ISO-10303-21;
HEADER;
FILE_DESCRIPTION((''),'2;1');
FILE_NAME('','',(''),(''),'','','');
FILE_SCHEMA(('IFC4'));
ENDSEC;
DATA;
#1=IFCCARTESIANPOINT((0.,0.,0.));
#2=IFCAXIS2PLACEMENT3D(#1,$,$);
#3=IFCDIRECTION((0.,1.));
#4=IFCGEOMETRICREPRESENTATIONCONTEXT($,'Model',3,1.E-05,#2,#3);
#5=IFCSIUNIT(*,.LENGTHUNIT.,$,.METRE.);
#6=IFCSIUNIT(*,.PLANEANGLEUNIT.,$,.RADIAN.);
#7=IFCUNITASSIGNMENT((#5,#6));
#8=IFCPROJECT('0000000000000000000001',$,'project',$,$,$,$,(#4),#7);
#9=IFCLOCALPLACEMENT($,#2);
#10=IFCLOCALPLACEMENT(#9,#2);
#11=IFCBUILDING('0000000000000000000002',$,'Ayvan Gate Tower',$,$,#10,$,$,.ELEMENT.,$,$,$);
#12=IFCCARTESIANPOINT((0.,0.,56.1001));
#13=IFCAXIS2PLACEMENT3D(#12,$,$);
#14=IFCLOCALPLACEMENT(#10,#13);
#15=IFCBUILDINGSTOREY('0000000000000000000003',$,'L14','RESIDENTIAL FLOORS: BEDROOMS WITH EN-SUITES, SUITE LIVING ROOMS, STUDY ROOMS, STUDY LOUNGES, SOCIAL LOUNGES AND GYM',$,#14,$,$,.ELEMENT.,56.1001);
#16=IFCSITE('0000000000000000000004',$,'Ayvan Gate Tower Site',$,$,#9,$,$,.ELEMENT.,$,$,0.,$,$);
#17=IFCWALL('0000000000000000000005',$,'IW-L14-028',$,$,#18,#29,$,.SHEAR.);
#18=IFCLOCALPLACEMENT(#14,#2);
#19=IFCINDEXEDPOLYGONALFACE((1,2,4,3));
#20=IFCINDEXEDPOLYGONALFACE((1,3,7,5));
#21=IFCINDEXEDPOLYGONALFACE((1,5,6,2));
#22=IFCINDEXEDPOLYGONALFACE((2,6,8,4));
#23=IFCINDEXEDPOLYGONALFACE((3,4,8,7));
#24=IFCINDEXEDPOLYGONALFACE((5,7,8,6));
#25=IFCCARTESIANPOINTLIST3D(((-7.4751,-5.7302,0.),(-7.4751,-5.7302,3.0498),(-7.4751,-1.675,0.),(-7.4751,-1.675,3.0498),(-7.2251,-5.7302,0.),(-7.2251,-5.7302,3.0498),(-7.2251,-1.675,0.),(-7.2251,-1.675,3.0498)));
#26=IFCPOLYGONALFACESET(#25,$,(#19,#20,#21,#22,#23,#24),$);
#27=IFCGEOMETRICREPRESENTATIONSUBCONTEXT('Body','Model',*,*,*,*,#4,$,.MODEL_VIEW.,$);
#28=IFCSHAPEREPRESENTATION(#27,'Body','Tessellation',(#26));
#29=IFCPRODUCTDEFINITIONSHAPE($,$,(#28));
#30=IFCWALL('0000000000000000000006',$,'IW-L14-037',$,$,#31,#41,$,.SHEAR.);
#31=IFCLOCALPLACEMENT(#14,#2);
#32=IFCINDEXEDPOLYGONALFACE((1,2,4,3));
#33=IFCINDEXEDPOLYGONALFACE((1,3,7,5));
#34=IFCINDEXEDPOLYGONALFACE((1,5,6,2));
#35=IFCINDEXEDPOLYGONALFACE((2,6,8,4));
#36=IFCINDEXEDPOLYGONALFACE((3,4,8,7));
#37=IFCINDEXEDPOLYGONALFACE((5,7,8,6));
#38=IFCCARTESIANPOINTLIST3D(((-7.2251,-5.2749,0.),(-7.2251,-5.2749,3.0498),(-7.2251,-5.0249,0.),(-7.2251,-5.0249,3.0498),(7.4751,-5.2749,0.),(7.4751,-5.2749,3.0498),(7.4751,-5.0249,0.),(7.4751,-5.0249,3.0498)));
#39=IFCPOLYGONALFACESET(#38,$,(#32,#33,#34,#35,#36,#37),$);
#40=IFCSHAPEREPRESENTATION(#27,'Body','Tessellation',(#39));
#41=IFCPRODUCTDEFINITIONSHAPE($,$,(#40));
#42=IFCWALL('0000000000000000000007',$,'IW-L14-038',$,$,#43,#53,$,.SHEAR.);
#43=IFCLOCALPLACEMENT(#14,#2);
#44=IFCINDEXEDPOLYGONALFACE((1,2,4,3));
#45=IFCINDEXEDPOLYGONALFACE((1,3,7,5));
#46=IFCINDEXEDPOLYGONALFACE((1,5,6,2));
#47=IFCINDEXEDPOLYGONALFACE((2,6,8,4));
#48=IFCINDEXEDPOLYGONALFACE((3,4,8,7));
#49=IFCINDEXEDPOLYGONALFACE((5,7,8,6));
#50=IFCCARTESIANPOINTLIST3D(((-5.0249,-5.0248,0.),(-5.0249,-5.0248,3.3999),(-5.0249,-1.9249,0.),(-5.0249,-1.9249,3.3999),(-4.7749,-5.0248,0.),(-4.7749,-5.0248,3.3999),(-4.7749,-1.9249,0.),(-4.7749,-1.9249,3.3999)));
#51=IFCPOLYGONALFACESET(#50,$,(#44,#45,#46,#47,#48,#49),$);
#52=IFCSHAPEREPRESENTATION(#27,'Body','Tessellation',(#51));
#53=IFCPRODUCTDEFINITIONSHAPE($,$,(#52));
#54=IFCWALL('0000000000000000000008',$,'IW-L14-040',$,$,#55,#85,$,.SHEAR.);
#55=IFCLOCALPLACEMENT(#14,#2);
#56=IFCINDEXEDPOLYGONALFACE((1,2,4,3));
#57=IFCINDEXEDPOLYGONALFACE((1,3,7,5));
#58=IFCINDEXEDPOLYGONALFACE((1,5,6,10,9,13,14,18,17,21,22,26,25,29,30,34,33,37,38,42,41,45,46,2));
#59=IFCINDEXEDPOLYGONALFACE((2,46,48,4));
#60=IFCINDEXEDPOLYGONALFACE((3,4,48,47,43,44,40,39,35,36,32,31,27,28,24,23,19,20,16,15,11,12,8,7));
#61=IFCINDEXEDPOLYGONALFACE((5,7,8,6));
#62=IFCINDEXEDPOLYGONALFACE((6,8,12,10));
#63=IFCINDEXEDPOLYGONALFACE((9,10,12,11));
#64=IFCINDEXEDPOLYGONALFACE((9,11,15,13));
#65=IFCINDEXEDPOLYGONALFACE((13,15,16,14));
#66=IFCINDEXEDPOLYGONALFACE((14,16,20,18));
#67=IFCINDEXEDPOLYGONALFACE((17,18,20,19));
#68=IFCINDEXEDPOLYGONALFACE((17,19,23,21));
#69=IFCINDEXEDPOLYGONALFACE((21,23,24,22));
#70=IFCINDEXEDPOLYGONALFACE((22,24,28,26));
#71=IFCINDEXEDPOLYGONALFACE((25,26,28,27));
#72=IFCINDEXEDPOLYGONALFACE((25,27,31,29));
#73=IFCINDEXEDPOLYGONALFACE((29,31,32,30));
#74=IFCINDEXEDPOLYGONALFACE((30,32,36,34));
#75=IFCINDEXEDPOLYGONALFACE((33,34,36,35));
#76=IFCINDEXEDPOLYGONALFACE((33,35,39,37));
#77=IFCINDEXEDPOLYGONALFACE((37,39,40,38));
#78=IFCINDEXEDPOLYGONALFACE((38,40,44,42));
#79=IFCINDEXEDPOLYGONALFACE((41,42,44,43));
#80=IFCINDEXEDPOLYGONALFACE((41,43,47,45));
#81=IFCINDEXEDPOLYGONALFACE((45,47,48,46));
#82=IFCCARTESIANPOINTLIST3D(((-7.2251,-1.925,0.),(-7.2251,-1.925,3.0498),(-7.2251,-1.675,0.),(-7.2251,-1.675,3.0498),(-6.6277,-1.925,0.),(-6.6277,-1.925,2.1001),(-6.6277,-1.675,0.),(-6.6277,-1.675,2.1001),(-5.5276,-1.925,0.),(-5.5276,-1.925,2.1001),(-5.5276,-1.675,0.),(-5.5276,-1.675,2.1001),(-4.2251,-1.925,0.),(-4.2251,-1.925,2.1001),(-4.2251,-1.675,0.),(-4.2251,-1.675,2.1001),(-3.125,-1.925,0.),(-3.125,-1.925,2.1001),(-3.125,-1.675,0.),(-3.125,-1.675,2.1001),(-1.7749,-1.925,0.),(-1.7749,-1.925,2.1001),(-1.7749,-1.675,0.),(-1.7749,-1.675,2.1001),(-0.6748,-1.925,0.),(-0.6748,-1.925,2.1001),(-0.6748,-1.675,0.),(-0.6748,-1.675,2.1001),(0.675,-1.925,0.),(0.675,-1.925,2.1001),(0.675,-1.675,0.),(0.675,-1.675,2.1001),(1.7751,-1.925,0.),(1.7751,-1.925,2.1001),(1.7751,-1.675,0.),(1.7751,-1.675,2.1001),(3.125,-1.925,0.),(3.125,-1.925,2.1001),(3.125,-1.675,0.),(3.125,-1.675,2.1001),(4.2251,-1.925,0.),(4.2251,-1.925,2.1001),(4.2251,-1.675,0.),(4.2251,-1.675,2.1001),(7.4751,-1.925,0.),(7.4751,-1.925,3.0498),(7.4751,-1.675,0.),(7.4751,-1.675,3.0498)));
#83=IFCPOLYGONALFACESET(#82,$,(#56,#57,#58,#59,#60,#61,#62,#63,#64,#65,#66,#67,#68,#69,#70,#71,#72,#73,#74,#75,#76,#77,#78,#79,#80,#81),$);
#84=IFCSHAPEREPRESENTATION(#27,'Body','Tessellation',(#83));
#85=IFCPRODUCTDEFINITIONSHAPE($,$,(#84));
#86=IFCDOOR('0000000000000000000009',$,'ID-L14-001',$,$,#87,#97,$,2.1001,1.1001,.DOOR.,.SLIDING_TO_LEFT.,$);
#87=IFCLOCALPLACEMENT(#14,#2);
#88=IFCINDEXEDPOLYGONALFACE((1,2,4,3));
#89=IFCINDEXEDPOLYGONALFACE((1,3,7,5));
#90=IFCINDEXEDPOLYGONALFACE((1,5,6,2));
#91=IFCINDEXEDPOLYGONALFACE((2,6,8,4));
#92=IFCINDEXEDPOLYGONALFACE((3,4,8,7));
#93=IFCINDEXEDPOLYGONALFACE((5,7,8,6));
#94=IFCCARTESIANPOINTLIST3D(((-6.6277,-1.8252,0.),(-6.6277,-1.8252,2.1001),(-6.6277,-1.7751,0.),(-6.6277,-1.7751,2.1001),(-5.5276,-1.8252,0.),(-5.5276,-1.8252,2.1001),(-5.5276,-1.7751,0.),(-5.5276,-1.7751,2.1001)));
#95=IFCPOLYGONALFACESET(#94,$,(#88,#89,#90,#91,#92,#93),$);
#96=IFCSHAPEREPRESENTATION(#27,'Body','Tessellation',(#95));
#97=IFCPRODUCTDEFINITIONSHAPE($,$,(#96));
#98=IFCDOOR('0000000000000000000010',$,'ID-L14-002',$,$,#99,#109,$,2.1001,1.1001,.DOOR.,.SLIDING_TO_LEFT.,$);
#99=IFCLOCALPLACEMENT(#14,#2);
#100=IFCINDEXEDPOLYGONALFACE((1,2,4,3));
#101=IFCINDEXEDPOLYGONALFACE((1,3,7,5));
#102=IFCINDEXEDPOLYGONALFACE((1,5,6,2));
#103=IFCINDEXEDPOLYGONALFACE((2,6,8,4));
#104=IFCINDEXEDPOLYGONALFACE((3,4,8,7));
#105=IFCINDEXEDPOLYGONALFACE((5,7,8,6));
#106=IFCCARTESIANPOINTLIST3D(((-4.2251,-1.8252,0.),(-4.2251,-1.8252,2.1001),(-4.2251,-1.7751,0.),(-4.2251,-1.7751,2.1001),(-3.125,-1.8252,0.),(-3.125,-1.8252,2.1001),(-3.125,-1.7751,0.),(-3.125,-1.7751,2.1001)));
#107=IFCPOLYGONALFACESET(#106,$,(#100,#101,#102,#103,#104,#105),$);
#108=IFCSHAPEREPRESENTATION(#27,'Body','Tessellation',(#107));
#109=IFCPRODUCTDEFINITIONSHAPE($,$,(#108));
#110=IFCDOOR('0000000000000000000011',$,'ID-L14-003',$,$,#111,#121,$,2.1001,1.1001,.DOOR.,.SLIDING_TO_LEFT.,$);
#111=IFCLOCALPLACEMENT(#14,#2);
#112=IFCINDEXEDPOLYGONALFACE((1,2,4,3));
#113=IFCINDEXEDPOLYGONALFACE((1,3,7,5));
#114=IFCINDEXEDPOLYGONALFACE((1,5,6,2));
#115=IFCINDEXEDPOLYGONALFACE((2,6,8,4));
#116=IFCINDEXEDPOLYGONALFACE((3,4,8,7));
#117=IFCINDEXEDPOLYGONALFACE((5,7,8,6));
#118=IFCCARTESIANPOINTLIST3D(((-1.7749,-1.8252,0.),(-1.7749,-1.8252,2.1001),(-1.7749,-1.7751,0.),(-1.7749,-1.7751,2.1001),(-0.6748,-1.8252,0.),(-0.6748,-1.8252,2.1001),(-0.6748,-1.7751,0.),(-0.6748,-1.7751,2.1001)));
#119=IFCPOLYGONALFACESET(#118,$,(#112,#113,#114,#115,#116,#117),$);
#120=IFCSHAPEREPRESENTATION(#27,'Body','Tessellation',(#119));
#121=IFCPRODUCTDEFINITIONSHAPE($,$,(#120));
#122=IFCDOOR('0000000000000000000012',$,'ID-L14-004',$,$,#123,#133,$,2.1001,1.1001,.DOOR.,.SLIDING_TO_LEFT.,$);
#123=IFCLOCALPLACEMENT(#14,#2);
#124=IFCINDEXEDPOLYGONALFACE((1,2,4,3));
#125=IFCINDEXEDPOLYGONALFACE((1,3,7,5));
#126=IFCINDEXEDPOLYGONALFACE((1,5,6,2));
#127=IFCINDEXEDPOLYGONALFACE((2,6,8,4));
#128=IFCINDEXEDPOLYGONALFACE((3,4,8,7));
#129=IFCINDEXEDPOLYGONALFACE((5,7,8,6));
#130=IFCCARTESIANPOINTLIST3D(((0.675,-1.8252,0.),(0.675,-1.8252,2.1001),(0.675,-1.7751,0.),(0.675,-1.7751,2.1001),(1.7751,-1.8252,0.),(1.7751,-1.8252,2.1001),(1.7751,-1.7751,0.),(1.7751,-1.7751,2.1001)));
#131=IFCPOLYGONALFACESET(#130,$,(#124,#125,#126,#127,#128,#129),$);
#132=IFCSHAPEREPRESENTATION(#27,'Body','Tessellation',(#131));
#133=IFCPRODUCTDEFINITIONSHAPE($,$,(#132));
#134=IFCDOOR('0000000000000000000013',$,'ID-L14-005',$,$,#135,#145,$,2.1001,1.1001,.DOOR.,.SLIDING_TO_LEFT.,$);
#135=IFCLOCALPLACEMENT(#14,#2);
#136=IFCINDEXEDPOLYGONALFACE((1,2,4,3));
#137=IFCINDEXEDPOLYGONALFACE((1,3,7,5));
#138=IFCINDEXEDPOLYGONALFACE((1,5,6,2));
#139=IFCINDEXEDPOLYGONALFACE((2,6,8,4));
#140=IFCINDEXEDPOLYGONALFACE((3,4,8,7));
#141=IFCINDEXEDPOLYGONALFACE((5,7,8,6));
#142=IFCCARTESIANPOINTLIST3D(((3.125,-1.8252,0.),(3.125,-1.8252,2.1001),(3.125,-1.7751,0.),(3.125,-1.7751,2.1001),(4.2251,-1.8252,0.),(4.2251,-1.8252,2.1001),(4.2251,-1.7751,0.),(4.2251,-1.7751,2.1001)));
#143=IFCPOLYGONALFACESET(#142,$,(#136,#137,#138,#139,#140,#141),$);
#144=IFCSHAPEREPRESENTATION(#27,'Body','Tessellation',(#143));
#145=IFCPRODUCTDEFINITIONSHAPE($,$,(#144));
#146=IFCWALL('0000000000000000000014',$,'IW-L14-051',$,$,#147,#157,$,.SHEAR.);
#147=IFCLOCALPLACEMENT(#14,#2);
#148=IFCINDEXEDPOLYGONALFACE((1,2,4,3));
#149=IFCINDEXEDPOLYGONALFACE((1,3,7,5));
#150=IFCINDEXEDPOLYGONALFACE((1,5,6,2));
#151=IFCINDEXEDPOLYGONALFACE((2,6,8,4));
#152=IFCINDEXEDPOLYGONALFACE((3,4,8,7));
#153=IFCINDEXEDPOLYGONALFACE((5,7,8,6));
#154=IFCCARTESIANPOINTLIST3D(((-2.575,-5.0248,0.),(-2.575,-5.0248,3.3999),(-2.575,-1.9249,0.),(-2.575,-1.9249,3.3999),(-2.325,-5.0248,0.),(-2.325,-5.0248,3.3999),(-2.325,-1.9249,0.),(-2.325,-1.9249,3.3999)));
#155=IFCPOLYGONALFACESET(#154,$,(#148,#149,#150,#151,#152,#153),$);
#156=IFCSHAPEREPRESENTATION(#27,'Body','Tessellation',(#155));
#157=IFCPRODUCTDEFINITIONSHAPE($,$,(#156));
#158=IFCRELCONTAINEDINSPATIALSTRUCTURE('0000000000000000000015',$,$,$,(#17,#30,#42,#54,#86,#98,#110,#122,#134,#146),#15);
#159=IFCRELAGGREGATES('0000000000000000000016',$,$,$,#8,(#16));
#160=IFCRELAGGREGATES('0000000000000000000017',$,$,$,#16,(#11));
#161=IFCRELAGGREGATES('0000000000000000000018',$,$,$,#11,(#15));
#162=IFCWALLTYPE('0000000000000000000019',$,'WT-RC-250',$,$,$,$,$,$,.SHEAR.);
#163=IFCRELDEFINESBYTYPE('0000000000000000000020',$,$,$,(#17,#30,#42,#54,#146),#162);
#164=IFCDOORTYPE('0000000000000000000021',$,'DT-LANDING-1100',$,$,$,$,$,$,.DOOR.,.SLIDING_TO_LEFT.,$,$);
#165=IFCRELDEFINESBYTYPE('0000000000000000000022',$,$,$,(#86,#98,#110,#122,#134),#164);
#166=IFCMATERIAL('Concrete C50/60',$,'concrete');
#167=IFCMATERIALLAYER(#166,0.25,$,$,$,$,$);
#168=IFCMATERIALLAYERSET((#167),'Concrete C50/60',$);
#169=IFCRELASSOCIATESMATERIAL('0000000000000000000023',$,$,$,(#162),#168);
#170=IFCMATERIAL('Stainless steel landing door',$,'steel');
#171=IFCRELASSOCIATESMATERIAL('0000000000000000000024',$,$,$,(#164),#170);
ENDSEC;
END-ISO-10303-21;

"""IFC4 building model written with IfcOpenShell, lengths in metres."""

from ifc_helpers import new_model, si_unit, direction, frame, frame_2d, origin, place, context, subcontext, project, spatial, rectangle, extrude, material, layer, layer_set, type_object, element, fill, save


model = new_model("IFC4")

# Units and contexts
model_context = context("Model", 3, precision=1e-05, world=origin(), true_north=direction((0.0, 1.0)))
body_context = subcontext(model_context, "Body", "Model", "MODEL_VIEW")
ifc_project = project(units=[si_unit("LENGTHUNIT", "METRE"), si_unit("PLANEANGLEUNIT", "RADIAN")], contexts=[model_context])

# Site, building, storey
site_placement = place(None, origin())
site = spatial("IfcSite", under=ifc_project, at=site_placement, Name="Ayvan Gate Tower Site", CompositionType="ELEMENT", RefElevation=0.0)
building_placement = place(site_placement, origin())
building = spatial("IfcBuilding", under=site, at=building_placement, Name="Ayvan Gate Tower", CompositionType="ELEMENT")
storey_placement = place(building_placement, frame((0.0, 0.0, 56.1001)))
storey = spatial("IfcBuildingStorey", under=building, at=storey_placement, Name="L14", Description="RESIDENTIAL FLOORS: BEDROOMS WITH EN-SUITES, SUITE LIVING ROOMS, STUDY ROOMS, STUDY LOUNGES, SOCIAL LOUNGES AND GYM", CompositionType="ELEMENT", Elevation=56.1001)

# Shared definitions
ifc_material_1 = material(Name="Concrete C50/60", Category="concrete")
ifc_layer_1 = layer(ifc_material_1, 0.25)
ifc_layer_set_1 = layer_set([ifc_layer_1], Name="Concrete C50/60")
wall_type_1 = type_object("IfcWallType", Name="WT-RC-250", PredefinedType="SHEAR", material=ifc_layer_set_1)

# Walls
wall_1_placement = place(storey_placement, frame((-7.3501, -5.7302, 0.0), z_axis=(0.0, 0.0, 1.0), x_axis=(0.0, 1.0, 0.0)))
element("IfcWall", 1, at=wall_1_placement, inside=storey, type_object=wall_type_1, Name="IW-L14-028", PredefinedType="SHEAR", context=body_context, shape_type="SweptSolid", body=[
    extrude(rectangle(XDim=4.0552, YDim=0.25, at=frame_2d((2.0276, 0.0))), origin(), (0.0, 0.0, 1.0), 3.0498),
])
wall_2_placement = place(storey_placement, frame((-7.2251, -5.1499, 0.0), z_axis=(0.0, 0.0, 1.0), x_axis=(1.0, 0.0, 0.0)))
element("IfcWall", 2, at=wall_2_placement, inside=storey, type_object=wall_type_1, Name="IW-L14-037", PredefinedType="SHEAR", context=body_context, shape_type="SweptSolid", body=[
    extrude(rectangle(XDim=14.7002, YDim=0.25, at=frame_2d((7.3501, 0.0))), origin(), (0.0, 0.0, 1.0), 3.0498),
])
wall_3_placement = place(storey_placement, frame((-4.8999, -1.925, 0.0), z_axis=(0.0, 0.0, 1.0), x_axis=(0.0, -1.0, 0.0)))
element("IfcWall", 3, at=wall_3_placement, inside=storey, type_object=wall_type_1, Name="IW-L14-038", PredefinedType="SHEAR", context=body_context, shape_type="SweptSolid", body=[
    extrude(rectangle(XDim=3.0999, YDim=0.25, at=frame_2d((1.5498, 0.0))), origin(), (0.0, 0.0, 1.0), 3.3999),
])

# Wall, openings, doors
wall_4_placement = place(storey_placement, frame((-7.2251, -1.8, 0.0), z_axis=(0.0, 0.0, 1.0), x_axis=(1.0, 0.0, 0.0)))
wall_4 = element("IfcWall", 4, at=wall_4_placement, inside=storey, type_object=wall_type_1, Name="IW-L14-040", PredefinedType="SHEAR", context=body_context, shape_type="SweptSolid", body=[
    extrude(rectangle(XDim=14.7002, YDim=0.25, at=frame_2d((7.3501, 0.0))), origin(), (0.0, 0.0, 1.0), 3.0498),
])
opening_1_placement = place(wall_4_placement, frame((0.5974, 0.0, 0.0)))
opening_1 = element("IfcOpeningElement", 5, at=opening_1_placement, cuts=wall_4, PredefinedType="OPENING", context=body_context, shape_type="SweptSolid", body=[
    extrude(rectangle(XDim=1.1001, YDim=2.1001, at=frame_2d((0.55, 1.05))), frame((0.0, 0.135, 0.0), z_axis=(0.0, -1.0, 0.0), x_axis=(1.0, 0.0, 0.0)), (0.0, 0.0, 1.0), 0.27),
])
opening_2_placement = place(wall_4_placement, frame((3.0, 0.0, 0.0)))
opening_2 = element("IfcOpeningElement", 6, at=opening_2_placement, cuts=wall_4, PredefinedType="OPENING", context=body_context, shape_type="SweptSolid", body=[
    extrude(rectangle(XDim=1.1001, YDim=2.1001, at=frame_2d((0.55, 1.05))), frame((0.0, 0.135, 0.0), z_axis=(0.0, -1.0, 0.0), x_axis=(1.0, 0.0, 0.0)), (0.0, 0.0, 1.0), 0.27),
])
opening_3_placement = place(wall_4_placement, frame((5.4502, 0.0, 0.0)))
opening_3 = element("IfcOpeningElement", 7, at=opening_3_placement, cuts=wall_4, PredefinedType="OPENING", context=body_context, shape_type="SweptSolid", body=[
    extrude(rectangle(XDim=1.1001, YDim=2.1001, at=frame_2d((0.55, 1.05))), frame((0.0, 0.135, 0.0), z_axis=(0.0, -1.0, 0.0), x_axis=(1.0, 0.0, 0.0)), (0.0, 0.0, 1.0), 0.27),
])
opening_4_placement = place(wall_4_placement, frame((7.9001, 0.0, 0.0)))
opening_4 = element("IfcOpeningElement", 8, at=opening_4_placement, cuts=wall_4, PredefinedType="OPENING", context=body_context, shape_type="SweptSolid", body=[
    extrude(rectangle(XDim=1.1001, YDim=2.1001, at=frame_2d((0.55, 1.05))), frame((0.0, 0.135, 0.0), z_axis=(0.0, -1.0, 0.0), x_axis=(1.0, 0.0, 0.0)), (0.0, 0.0, 1.0), 0.27),
])
opening_5_placement = place(wall_4_placement, frame((10.3501, 0.0, 0.0)))
opening_5 = element("IfcOpeningElement", 9, at=opening_5_placement, cuts=wall_4, PredefinedType="OPENING", context=body_context, shape_type="SweptSolid", body=[
    extrude(rectangle(XDim=1.1001, YDim=2.1001, at=frame_2d((0.55, 1.05))), frame((0.0, 0.135, 0.0), z_axis=(0.0, -1.0, 0.0), x_axis=(1.0, 0.0, 0.0)), (0.0, 0.0, 1.0), 0.27),
])
ifc_material_2 = material(Name="Stainless steel landing door", Category="steel")
door_type_1 = type_object("IfcDoorType", Name="DT-LANDING-1100", OperationType="SLIDING_TO_LEFT", PredefinedType="DOOR", material=ifc_material_2)
door_1_placement = place(opening_1_placement, origin())
door_1 = element("IfcDoor", 10, at=door_1_placement, inside=storey, type_object=door_type_1, Name="ID-L14-001", OperationType="SLIDING_TO_LEFT", OverallHeight=2.1001, OverallWidth=1.1001, PredefinedType="DOOR", context=body_context, shape_type="SweptSolid", body=[
    extrude(rectangle(XDim=1.1001, YDim=2.1001, at=frame_2d((0.55, 1.05))), frame((0.0, 0.0249, 0.0), z_axis=(0.0, -1.0, 0.0), x_axis=(1.0, 0.0, 0.0)), (0.0, 0.0, 1.0), 0.05),
])
fill(opening_1, door_1)
door_2_placement = place(opening_2_placement, origin())
door_2 = element("IfcDoor", 11, at=door_2_placement, inside=storey, type_object=door_type_1, Name="ID-L14-002", OperationType="SLIDING_TO_LEFT", OverallHeight=2.1001, OverallWidth=1.1001, PredefinedType="DOOR", context=body_context, shape_type="SweptSolid", body=[
    extrude(rectangle(XDim=1.1001, YDim=2.1001, at=frame_2d((0.55, 1.05))), frame((0.0, 0.0249, 0.0), z_axis=(0.0, -1.0, 0.0), x_axis=(1.0, 0.0, 0.0)), (0.0, 0.0, 1.0), 0.05),
])
fill(opening_2, door_2)
door_3_placement = place(opening_3_placement, origin())
door_3 = element("IfcDoor", 12, at=door_3_placement, inside=storey, type_object=door_type_1, Name="ID-L14-003", OperationType="SLIDING_TO_LEFT", OverallHeight=2.1001, OverallWidth=1.1001, PredefinedType="DOOR", context=body_context, shape_type="SweptSolid", body=[
    extrude(rectangle(XDim=1.1001, YDim=2.1001, at=frame_2d((0.55, 1.05))), frame((0.0, 0.0249, 0.0), z_axis=(0.0, -1.0, 0.0), x_axis=(1.0, 0.0, 0.0)), (0.0, 0.0, 1.0), 0.05),
])
fill(opening_3, door_3)
door_4_placement = place(opening_4_placement, origin())
door_4 = element("IfcDoor", 13, at=door_4_placement, inside=storey, type_object=door_type_1, Name="ID-L14-004", OperationType="SLIDING_TO_LEFT", OverallHeight=2.1001, OverallWidth=1.1001, PredefinedType="DOOR", context=body_context, shape_type="SweptSolid", body=[
    extrude(rectangle(XDim=1.1001, YDim=2.1001, at=frame_2d((0.55, 1.05))), frame((0.0, 0.0249, 0.0), z_axis=(0.0, -1.0, 0.0), x_axis=(1.0, 0.0, 0.0)), (0.0, 0.0, 1.0), 0.05),
])
fill(opening_4, door_4)
door_5_placement = place(opening_5_placement, origin())
door_5 = element("IfcDoor", 14, at=door_5_placement, inside=storey, type_object=door_type_1, Name="ID-L14-005", OperationType="SLIDING_TO_LEFT", OverallHeight=2.1001, OverallWidth=1.1001, PredefinedType="DOOR", context=body_context, shape_type="SweptSolid", body=[
    extrude(rectangle(XDim=1.1001, YDim=2.1001, at=frame_2d((0.55, 1.05))), frame((0.0, 0.0249, 0.0), z_axis=(0.0, -1.0, 0.0), x_axis=(1.0, 0.0, 0.0)), (0.0, 0.0, 1.0), 0.05),
])
fill(opening_5, door_5)

# Wall
wall_5_placement = place(storey_placement, frame((-2.45, -1.925, 0.0), z_axis=(0.0, 0.0, 1.0), x_axis=(0.0, -1.0, 0.0)))
element("IfcWall", 15, at=wall_5_placement, inside=storey, type_object=wall_type_1, Name="IW-L14-051", PredefinedType="SHEAR", context=body_context, shape_type="SweptSolid", body=[
    extrude(rectangle(XDim=3.0999, YDim=0.25, at=frame_2d((1.5498, 0.0))), origin(), (0.0, 0.0, 1.0), 3.3999),
])

save(model, "model.ifc")
